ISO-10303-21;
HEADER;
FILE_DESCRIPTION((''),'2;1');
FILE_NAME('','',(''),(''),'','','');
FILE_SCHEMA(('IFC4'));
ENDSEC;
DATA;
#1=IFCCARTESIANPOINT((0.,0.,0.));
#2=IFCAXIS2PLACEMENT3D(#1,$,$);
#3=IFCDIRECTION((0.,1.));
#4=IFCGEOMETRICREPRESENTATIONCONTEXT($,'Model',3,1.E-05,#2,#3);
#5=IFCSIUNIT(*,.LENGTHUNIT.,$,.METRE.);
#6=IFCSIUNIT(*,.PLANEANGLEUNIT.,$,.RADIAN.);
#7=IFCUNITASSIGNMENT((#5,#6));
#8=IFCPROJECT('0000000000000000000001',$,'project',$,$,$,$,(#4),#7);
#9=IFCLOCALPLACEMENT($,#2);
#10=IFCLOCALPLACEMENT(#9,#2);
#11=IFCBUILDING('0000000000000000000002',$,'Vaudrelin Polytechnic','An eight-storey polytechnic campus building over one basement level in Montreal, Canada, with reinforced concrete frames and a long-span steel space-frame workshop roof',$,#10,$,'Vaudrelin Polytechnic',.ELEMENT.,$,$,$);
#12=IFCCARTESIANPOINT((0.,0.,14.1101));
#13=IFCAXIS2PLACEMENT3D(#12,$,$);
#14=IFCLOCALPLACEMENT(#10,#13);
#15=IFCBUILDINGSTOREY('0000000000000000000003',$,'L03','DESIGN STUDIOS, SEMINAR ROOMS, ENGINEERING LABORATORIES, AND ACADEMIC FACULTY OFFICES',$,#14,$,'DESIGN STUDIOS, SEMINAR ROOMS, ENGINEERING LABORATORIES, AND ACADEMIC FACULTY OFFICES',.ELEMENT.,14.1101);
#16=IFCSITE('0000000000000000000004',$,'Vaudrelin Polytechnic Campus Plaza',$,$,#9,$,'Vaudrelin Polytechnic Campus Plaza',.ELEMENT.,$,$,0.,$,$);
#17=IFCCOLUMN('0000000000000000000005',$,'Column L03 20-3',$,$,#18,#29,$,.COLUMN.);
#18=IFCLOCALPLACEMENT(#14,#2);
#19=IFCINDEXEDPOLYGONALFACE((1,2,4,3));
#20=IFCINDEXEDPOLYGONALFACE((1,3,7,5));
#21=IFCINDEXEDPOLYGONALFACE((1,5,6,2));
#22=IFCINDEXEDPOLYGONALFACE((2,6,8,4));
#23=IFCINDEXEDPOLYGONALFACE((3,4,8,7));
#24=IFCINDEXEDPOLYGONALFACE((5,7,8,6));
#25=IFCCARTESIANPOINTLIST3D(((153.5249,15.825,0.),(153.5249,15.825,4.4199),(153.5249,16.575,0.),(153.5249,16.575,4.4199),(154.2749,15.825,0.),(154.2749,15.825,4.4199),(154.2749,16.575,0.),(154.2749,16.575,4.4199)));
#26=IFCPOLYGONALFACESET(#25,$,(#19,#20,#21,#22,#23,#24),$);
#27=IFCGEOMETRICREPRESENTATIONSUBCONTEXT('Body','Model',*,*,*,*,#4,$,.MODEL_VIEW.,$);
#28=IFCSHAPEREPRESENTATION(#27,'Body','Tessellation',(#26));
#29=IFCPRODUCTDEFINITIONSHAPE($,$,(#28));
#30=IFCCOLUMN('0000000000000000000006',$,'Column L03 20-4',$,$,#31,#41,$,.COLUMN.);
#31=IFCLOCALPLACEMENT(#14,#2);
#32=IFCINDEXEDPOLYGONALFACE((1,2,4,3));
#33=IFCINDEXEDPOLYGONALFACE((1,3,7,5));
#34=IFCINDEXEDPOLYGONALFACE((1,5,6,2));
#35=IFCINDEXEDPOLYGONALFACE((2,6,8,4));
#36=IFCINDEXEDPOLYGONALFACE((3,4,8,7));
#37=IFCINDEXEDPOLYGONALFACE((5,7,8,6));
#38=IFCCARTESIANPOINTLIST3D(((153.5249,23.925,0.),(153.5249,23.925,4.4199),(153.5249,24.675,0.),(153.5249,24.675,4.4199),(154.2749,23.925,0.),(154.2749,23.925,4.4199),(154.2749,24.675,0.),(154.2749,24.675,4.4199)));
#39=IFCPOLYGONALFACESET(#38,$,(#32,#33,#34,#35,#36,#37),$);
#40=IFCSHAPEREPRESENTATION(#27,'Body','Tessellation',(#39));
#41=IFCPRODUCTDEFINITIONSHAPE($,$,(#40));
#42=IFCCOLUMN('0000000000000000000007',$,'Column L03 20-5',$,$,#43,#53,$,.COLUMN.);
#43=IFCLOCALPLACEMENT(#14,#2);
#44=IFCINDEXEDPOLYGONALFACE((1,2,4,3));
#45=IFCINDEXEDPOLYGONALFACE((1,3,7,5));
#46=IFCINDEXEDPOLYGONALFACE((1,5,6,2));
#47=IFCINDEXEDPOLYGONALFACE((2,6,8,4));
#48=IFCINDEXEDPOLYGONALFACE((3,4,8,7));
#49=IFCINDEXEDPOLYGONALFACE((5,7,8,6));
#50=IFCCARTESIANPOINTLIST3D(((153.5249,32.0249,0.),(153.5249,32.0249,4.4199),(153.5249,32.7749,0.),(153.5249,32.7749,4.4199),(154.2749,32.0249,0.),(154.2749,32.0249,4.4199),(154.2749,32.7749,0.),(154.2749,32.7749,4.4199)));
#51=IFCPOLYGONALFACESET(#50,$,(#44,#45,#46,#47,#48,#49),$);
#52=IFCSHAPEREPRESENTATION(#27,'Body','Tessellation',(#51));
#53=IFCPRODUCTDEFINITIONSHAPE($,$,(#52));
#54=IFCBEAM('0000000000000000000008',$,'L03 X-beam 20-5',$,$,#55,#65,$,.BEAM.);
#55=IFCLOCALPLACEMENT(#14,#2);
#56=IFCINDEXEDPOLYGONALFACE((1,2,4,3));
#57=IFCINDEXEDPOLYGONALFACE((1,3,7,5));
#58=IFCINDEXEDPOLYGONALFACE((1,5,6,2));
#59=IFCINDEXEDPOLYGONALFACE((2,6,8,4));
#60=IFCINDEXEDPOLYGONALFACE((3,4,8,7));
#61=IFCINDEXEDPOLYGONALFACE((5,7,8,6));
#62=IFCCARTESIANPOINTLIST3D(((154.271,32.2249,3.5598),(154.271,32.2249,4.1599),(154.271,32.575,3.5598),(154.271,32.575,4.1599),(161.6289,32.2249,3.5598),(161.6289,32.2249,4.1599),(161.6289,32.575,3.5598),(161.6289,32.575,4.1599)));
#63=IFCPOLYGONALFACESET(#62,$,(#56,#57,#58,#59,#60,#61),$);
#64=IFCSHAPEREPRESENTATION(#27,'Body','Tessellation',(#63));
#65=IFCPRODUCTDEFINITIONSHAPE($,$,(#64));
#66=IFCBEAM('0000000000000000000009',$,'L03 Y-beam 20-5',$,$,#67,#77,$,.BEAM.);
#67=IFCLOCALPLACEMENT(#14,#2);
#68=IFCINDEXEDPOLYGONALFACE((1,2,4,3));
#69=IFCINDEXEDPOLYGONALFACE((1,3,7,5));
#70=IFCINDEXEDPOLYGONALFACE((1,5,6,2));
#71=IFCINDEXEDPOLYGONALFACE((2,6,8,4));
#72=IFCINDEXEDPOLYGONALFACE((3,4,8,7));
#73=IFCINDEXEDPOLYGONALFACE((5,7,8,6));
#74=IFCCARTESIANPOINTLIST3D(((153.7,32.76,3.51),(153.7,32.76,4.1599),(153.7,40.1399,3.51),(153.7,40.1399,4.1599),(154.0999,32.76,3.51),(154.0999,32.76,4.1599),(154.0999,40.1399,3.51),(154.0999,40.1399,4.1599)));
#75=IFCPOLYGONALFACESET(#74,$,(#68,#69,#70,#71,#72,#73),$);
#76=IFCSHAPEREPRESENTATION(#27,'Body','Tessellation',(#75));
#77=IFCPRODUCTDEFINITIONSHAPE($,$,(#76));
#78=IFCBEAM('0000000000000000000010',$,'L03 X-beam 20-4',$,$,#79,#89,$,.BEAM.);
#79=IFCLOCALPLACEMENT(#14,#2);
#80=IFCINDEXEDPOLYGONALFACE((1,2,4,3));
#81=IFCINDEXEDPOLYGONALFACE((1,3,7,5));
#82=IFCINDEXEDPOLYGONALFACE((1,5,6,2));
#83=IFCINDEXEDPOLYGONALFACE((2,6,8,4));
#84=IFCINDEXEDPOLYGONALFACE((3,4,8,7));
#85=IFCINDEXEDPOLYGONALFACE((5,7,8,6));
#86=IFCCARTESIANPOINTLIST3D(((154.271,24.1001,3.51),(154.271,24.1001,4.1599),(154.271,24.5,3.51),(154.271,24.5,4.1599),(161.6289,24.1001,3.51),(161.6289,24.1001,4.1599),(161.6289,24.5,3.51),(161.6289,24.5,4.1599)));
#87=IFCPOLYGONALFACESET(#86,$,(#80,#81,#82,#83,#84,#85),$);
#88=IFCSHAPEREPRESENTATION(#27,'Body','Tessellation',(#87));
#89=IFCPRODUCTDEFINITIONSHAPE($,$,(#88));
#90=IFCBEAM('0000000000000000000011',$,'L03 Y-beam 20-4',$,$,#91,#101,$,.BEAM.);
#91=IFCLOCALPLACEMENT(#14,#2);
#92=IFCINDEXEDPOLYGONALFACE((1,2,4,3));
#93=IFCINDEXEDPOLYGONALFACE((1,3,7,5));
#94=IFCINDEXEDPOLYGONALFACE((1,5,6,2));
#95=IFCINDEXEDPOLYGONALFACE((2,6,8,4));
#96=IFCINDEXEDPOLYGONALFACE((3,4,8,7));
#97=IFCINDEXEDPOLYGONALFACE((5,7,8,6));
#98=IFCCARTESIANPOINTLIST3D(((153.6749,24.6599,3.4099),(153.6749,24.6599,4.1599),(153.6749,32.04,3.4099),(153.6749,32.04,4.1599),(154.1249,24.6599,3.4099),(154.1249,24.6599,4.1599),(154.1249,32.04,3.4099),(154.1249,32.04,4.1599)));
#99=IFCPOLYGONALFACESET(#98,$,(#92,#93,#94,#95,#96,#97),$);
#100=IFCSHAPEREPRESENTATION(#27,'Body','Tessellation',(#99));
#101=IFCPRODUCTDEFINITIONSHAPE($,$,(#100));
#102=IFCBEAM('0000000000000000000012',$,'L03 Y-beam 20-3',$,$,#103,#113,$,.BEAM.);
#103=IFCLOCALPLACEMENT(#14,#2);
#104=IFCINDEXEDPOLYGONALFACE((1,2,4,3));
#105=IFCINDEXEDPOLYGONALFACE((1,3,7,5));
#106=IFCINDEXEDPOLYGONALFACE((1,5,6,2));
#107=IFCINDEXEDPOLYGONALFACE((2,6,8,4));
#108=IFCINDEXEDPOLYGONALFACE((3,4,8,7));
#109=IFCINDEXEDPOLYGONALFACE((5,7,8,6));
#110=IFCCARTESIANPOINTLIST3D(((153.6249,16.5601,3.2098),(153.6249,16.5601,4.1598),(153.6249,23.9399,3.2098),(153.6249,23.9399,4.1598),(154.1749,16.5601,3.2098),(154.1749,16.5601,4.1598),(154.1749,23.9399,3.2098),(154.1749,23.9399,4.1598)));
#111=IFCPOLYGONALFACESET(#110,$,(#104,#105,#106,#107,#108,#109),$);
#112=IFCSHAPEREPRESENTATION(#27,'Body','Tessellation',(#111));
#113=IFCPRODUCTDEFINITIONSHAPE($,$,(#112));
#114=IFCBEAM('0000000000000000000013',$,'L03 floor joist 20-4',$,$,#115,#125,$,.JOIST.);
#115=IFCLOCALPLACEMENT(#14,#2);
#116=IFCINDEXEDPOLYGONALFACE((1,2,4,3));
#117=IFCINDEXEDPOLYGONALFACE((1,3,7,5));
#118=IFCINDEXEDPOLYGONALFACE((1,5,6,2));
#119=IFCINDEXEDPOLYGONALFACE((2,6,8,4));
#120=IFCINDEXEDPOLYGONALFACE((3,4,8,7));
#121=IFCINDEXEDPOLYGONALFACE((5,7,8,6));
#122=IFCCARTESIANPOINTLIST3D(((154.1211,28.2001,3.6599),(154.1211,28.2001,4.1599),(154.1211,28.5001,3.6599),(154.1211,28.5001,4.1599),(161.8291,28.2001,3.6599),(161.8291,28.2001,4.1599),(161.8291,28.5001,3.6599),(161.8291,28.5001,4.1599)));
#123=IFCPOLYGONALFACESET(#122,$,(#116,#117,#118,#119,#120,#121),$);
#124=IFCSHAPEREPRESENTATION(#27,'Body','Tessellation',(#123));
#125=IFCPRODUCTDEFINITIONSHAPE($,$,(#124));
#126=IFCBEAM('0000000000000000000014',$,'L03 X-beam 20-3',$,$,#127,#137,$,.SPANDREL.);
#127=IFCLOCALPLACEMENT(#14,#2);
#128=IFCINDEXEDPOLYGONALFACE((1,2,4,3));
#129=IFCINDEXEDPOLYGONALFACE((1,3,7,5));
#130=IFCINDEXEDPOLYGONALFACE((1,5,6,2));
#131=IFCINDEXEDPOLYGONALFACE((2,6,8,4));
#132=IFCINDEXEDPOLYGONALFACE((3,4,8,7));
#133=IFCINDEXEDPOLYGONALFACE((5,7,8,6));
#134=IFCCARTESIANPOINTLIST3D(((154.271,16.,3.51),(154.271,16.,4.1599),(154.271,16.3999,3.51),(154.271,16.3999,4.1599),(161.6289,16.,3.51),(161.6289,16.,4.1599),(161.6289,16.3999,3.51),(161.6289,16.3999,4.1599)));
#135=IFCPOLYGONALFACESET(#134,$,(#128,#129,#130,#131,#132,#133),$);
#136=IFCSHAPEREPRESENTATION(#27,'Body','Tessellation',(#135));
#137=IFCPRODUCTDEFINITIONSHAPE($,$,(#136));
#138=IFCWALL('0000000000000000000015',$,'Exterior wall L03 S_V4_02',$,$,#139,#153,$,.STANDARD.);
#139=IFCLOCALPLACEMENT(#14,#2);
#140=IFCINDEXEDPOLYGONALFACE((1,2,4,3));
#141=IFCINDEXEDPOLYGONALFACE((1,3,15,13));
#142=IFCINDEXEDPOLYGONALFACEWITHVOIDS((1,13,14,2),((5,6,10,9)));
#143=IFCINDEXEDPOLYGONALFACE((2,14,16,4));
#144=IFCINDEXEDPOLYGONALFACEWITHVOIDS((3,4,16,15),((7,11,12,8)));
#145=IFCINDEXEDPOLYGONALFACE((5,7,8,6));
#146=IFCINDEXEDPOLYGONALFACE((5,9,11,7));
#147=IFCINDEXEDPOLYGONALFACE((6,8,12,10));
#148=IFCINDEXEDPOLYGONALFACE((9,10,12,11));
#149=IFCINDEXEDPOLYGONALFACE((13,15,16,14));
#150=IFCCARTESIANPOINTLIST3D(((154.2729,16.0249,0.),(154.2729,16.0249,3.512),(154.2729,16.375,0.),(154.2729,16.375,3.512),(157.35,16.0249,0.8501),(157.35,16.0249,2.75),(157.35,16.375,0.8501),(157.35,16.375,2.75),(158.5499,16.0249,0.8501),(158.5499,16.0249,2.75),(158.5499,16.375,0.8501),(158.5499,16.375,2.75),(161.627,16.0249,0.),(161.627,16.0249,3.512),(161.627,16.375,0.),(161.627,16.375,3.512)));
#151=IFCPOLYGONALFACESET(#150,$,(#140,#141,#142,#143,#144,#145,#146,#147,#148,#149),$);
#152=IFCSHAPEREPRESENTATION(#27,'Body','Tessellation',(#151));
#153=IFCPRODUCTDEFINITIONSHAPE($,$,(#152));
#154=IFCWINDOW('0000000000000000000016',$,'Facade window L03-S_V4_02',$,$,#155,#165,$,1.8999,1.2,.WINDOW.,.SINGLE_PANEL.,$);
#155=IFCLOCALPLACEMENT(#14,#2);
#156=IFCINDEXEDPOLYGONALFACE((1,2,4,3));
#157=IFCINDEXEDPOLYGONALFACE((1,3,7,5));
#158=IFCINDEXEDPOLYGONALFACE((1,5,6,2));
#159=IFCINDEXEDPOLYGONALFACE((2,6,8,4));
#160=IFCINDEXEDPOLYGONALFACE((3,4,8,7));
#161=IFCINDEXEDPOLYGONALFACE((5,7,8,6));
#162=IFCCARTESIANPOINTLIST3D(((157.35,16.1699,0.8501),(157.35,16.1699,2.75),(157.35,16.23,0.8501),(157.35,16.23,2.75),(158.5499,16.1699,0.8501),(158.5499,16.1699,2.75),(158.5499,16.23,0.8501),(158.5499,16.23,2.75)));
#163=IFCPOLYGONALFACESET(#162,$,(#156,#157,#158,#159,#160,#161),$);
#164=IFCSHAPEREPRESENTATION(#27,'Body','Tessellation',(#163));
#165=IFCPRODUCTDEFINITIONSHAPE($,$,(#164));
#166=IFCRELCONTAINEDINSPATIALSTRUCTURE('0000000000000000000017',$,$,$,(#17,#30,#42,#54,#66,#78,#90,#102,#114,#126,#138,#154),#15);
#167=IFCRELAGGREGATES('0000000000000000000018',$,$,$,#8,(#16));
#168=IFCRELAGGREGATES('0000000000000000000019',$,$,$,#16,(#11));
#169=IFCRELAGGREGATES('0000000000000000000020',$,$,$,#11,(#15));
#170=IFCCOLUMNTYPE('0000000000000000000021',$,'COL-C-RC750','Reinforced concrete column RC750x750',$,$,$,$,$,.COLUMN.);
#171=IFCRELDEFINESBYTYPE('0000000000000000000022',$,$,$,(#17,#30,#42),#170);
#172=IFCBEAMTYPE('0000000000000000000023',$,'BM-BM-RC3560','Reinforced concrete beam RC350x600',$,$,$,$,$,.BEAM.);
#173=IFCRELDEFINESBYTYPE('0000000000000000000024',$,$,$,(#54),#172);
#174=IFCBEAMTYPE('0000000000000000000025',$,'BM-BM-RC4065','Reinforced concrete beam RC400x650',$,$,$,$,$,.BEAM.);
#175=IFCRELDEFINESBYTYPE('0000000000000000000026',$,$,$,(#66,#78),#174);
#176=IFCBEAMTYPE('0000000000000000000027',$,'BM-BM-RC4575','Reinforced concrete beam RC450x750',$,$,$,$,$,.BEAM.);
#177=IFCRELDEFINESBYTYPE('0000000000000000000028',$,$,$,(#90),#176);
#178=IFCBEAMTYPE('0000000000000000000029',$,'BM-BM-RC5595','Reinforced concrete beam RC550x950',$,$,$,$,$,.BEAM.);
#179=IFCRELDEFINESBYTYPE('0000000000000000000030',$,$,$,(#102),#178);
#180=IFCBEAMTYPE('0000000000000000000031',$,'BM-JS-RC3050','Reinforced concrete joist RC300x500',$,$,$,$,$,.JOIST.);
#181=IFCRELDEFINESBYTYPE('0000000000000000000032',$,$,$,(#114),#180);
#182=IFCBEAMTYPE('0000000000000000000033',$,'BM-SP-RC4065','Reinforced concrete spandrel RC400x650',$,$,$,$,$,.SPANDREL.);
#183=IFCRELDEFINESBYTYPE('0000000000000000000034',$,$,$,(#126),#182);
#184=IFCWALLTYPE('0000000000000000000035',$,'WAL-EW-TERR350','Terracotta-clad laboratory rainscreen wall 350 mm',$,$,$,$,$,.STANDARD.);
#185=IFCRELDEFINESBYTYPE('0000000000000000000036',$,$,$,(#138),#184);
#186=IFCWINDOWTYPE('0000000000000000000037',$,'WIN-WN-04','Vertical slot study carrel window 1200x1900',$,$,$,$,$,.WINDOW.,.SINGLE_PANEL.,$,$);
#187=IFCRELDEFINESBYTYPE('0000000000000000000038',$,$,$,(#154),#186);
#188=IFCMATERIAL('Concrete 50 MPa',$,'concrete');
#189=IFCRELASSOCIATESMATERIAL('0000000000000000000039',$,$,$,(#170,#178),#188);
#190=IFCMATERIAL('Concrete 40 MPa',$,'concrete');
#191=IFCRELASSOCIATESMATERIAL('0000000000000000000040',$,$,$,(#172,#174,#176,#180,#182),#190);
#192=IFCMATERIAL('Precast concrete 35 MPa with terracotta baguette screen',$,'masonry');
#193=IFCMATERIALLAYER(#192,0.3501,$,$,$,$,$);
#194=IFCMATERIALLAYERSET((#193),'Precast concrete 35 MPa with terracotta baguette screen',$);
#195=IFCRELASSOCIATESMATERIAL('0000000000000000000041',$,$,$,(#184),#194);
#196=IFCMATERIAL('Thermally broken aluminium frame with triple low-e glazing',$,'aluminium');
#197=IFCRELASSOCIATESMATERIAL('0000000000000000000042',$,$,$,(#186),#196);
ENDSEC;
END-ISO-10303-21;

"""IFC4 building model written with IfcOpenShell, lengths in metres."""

from ifc_helpers import new_model, si_unit, direction, frame, frame_2d, origin, origin_2d, place, context, subcontext, project, spatial, rectangle, extrude, material, layer, layer_set, material_profile, profile_set, type_object, element, fill, save


model = new_model("IFC4")

# Units and contexts
model_context = context("Model", 3, precision=1e-05, world=origin(), true_north=direction((0.0, 1.0)))
body_context = subcontext(model_context, "Body", "Model", "MODEL_VIEW")
ifc_project = project(units=[si_unit("LENGTHUNIT", "METRE"), si_unit("PLANEANGLEUNIT", "RADIAN")], contexts=[model_context])

# Site, building, storey
site_placement = place(None, origin())
site = spatial("IfcSite", under=ifc_project, at=site_placement, Name="Vaudrelin Polytechnic Campus Plaza", LongName="Vaudrelin Polytechnic Campus Plaza", CompositionType="ELEMENT", RefElevation=0.0)
building_placement = place(site_placement, origin())
building = spatial("IfcBuilding", under=site, at=building_placement, Name="Vaudrelin Polytechnic", Description="An eight-storey polytechnic campus building over one basement level in Montreal, Canada, with reinforced concrete frames and a long-span steel space-frame workshop roof", LongName="Vaudrelin Polytechnic", CompositionType="ELEMENT")
storey_placement = place(building_placement, frame((0.0, 0.0, 14.1101)))
storey = spatial("IfcBuildingStorey", under=building, at=storey_placement, Name="L03", Description="DESIGN STUDIOS, SEMINAR ROOMS, ENGINEERING LABORATORIES, AND ACADEMIC FACULTY OFFICES", LongName="DESIGN STUDIOS, SEMINAR ROOMS, ENGINEERING LABORATORIES, AND ACADEMIC FACULTY OFFICES", CompositionType="ELEMENT", Elevation=14.1101)

# Columns
ifc_material_1 = material(Name="Concrete 50 MPa", Category="concrete")
ifc_material_profile_1 = material_profile(ifc_material_1, rectangle(XDim=0.75, YDim=0.75, at=origin_2d()), Name="RC750x750")
ifc_profile_set_1 = profile_set([ifc_material_profile_1], Name="Concrete 50 MPa")
column_type = type_object("IfcColumnType", Name="COL-C-RC750", Description="Reinforced concrete column RC750x750", PredefinedType="COLUMN", material=ifc_profile_set_1)
for number, where, z_axis, x_axis, name in (
    (1, (153.8999, 16.2, 0.0), (0.0, 0.0, 1.0), (1.0, 0.0, 0.0), "Column L03 20-3"),
    (2, (153.8999, 24.3, 0.0), (0.0, 0.0, 1.0), (1.0, 0.0, 0.0), "Column L03 20-4"),
    (3, (153.8999, 32.3999, 0.0), (0.0, 0.0, 1.0), (1.0, 0.0, 0.0), "Column L03 20-5"),
):
    element("IfcColumn", number, at=place(storey_placement, frame(where, z_axis=z_axis, x_axis=x_axis)), inside=storey, type_object=column_type, Name=name, PredefinedType="COLUMN", context=body_context, shape_type="SweptSolid", body=[
        extrude(rectangle(XDim=0.75, YDim=0.75, at=origin_2d()), origin(), (0.0, 0.0, 1.0), 4.4199),
    ])

# Beams
ifc_material_2 = material(Name="Concrete 40 MPa", Category="concrete")
ifc_material_profile_2 = material_profile(ifc_material_2, rectangle(XDim=0.3501, YDim=0.6001, at=origin_2d()), Name="RC350x600")
ifc_profile_set_2 = profile_set([ifc_material_profile_2], Name="Concrete 40 MPa")
beam_type_1 = type_object("IfcBeamType", Name="BM-BM-RC3560", Description="Reinforced concrete beam RC350x600", PredefinedType="BEAM", material=ifc_profile_set_2)
beam_1_placement = place(storey_placement, frame((154.271, 32.3999, 3.8599), z_axis=(1.0, 0.0, 0.0), x_axis=(0.0, 1.0, 0.0)))
element("IfcBeam", 4, at=beam_1_placement, inside=storey, type_object=beam_type_1, Name="L03 X-beam 20-5", PredefinedType="BEAM", context=body_context, shape_type="SweptSolid", body=[
    extrude(rectangle(XDim=0.3501, YDim=0.6001, at=origin_2d()), origin(), (0.0, 0.0, 1.0), 7.3579),
])
ifc_material_profile_3 = material_profile(ifc_material_2, rectangle(XDim=0.3999, YDim=0.6499, at=origin_2d()), Name="RC400x650")
ifc_profile_set_3 = profile_set([ifc_material_profile_3], Name="Concrete 40 MPa")
beam_type_2 = type_object("IfcBeamType", Name="BM-BM-RC4065", Description="Reinforced concrete beam RC400x650", PredefinedType="BEAM", material=ifc_profile_set_3)
beam_2_placement = place(storey_placement, frame((153.8999, 32.76, 3.835), z_axis=(0.0, 1.0, 0.0), x_axis=(-1.0, 0.0, 0.0)))
element("IfcBeam", 5, at=beam_2_placement, inside=storey, type_object=beam_type_2, Name="L03 Y-beam 20-5", PredefinedType="BEAM", context=body_context, shape_type="SweptSolid", body=[
    extrude(rectangle(XDim=0.3999, YDim=0.6499, at=origin_2d()), origin(), (0.0, 0.0, 1.0), 7.3799),
])
beam_3_placement = place(storey_placement, frame((154.271, 24.3, 3.835), z_axis=(1.0, 0.0, 0.0), x_axis=(0.0, 1.0, 0.0)))
element("IfcBeam", 6, at=beam_3_placement, inside=storey, type_object=beam_type_2, Name="L03 X-beam 20-4", PredefinedType="BEAM", context=body_context, shape_type="SweptSolid", body=[
    extrude(rectangle(XDim=0.3999, YDim=0.6499, at=origin_2d()), origin(), (0.0, 0.0, 1.0), 7.3579),
])
ifc_material_profile_4 = material_profile(ifc_material_2, rectangle(XDim=0.45, YDim=0.75, at=origin_2d()), Name="RC450x750")
ifc_profile_set_4 = profile_set([ifc_material_profile_4], Name="Concrete 40 MPa")
beam_type_3 = type_object("IfcBeamType", Name="BM-BM-RC4575", Description="Reinforced concrete beam RC450x750", PredefinedType="BEAM", material=ifc_profile_set_4)
beam_4_placement = place(storey_placement, frame((153.8999, 24.6599, 3.7849), z_axis=(0.0, 1.0, 0.0), x_axis=(-1.0, 0.0, 0.0)))
element("IfcBeam", 7, at=beam_4_placement, inside=storey, type_object=beam_type_3, Name="L03 Y-beam 20-4", PredefinedType="BEAM", context=body_context, shape_type="SweptSolid", body=[
    extrude(rectangle(XDim=0.45, YDim=0.75, at=origin_2d()), origin(), (0.0, 0.0, 1.0), 7.3801),
])
ifc_material_profile_5 = material_profile(ifc_material_1, rectangle(XDim=0.55, YDim=0.95, at=origin_2d()), Name="RC550x950")
ifc_profile_set_5 = profile_set([ifc_material_profile_5], Name="Concrete 50 MPa")
beam_type_4 = type_object("IfcBeamType", Name="BM-BM-RC5595", Description="Reinforced concrete beam RC550x950", PredefinedType="BEAM", material=ifc_profile_set_5)
beam_5_placement = place(storey_placement, frame((153.8999, 16.5601, 3.6848), z_axis=(0.0, 1.0, 0.0), x_axis=(-1.0, 0.0, 0.0)))
element("IfcBeam", 8, at=beam_5_placement, inside=storey, type_object=beam_type_4, Name="L03 Y-beam 20-3", PredefinedType="BEAM", context=body_context, shape_type="SweptSolid", body=[
    extrude(rectangle(XDim=0.55, YDim=0.95, at=origin_2d()), origin(), (0.0, 0.0, 1.0), 7.3799),
])
ifc_material_profile_6 = material_profile(ifc_material_2, rectangle(XDim=0.3, YDim=0.5, at=origin_2d()), Name="RC300x500")
ifc_profile_set_6 = profile_set([ifc_material_profile_6], Name="Concrete 40 MPa")
beam_type_5 = type_object("IfcBeamType", Name="BM-JS-RC3050", Description="Reinforced concrete joist RC300x500", PredefinedType="JOIST", material=ifc_profile_set_6)
beam_6_placement = place(storey_placement, frame((154.1211, 28.3501, 3.9099), z_axis=(1.0, 0.0, 0.0), x_axis=(0.0, 1.0, 0.0)))
element("IfcBeam", 9, at=beam_6_placement, inside=storey, type_object=beam_type_5, Name="L03 floor joist 20-4", PredefinedType="JOIST", context=body_context, shape_type="SweptSolid", body=[
    extrude(rectangle(XDim=0.3, YDim=0.5, at=origin_2d()), origin(), (0.0, 0.0, 1.0), 7.708),
])
ifc_material_profile_7 = material_profile(ifc_material_2, rectangle(XDim=0.3999, YDim=0.6499, at=origin_2d()), Name="RC400x650")
ifc_profile_set_7 = profile_set([ifc_material_profile_7], Name="Concrete 40 MPa")
beam_type_6 = type_object("IfcBeamType", Name="BM-SP-RC4065", Description="Reinforced concrete spandrel RC400x650", PredefinedType="SPANDREL", material=ifc_profile_set_7)
beam_7_placement = place(storey_placement, frame((154.271, 16.2, 3.835), z_axis=(1.0, 0.0, 0.0), x_axis=(0.0, 1.0, 0.0)))
element("IfcBeam", 10, at=beam_7_placement, inside=storey, type_object=beam_type_6, Name="L03 X-beam 20-3", PredefinedType="SPANDREL", context=body_context, shape_type="SweptSolid", body=[
    extrude(rectangle(XDim=0.3999, YDim=0.6499, at=origin_2d()), origin(), (0.0, 0.0, 1.0), 7.3579),
])

# Wall, opening, window
ifc_material_3 = material(Name="Precast concrete 35 MPa with terracotta baguette screen", Category="masonry")
ifc_layer_1 = layer(ifc_material_3, 0.3501)
ifc_layer_set_1 = layer_set([ifc_layer_1], Name="Precast concrete 35 MPa with terracotta baguette screen")
wall_type_1 = type_object("IfcWallType", Name="WAL-EW-TERR350", Description="Terracotta-clad laboratory rainscreen wall 350 mm", PredefinedType="STANDARD", material=ifc_layer_set_1)
wall_1_placement = place(storey_placement, frame((154.2729, 16.2, 0.0), z_axis=(0.0, 0.0, 1.0), x_axis=(1.0, 0.0, 0.0)))
wall_1 = element("IfcWall", 11, at=wall_1_placement, inside=storey, type_object=wall_type_1, Name="Exterior wall L03 S_V4_02", PredefinedType="STANDARD", context=body_context, shape_type="SweptSolid", body=[
    extrude(rectangle(XDim=7.354, YDim=0.3501, at=frame_2d((3.677, 0.0))), origin(), (0.0, 0.0, 1.0), 3.512),
])
opening_1_placement = place(wall_1_placement, frame((3.0769, 0.0, 0.8501)))
opening_1 = element("IfcOpeningElement", 12, at=opening_1_placement, cuts=wall_1, PredefinedType="OPENING", context=body_context, shape_type="SweptSolid", body=[
    extrude(rectangle(XDim=1.2, YDim=1.8999, at=frame_2d((0.6001, 0.95))), frame((0.0, 0.1851, 0.0), z_axis=(0.0, -1.0, 0.0), x_axis=(1.0, 0.0, 0.0)), (0.0, 0.0, 1.0), 0.3701),
])
ifc_material_4 = material(Name="Thermally broken aluminium frame with triple low-e glazing", Category="aluminium")
window_type = type_object("IfcWindowType", Name="WIN-WN-04", Description="Vertical slot study carrel window 1200x1900", PartitioningType="SINGLE_PANEL", PredefinedType="WINDOW", material=ifc_material_4)
window_placement = place(opening_1_placement, origin())
window = element("IfcWindow", 13, at=window_placement, inside=storey, type_object=window_type, Name="Facade window L03-S_V4_02", OverallHeight=1.8999, OverallWidth=1.2, PartitioningType="SINGLE_PANEL", PredefinedType="WINDOW", context=body_context, shape_type="SweptSolid", body=[
    extrude(rectangle(XDim=1.2, YDim=1.8999, at=frame_2d((0.6001, 0.95))), frame((0.0, 0.03, 0.0), z_axis=(0.0, -1.0, 0.0), x_axis=(1.0, 0.0, 0.0)), (0.0, 0.0, 1.0), 0.0601),
])
fill(opening_1, window)

save(model, "model.ifc")
